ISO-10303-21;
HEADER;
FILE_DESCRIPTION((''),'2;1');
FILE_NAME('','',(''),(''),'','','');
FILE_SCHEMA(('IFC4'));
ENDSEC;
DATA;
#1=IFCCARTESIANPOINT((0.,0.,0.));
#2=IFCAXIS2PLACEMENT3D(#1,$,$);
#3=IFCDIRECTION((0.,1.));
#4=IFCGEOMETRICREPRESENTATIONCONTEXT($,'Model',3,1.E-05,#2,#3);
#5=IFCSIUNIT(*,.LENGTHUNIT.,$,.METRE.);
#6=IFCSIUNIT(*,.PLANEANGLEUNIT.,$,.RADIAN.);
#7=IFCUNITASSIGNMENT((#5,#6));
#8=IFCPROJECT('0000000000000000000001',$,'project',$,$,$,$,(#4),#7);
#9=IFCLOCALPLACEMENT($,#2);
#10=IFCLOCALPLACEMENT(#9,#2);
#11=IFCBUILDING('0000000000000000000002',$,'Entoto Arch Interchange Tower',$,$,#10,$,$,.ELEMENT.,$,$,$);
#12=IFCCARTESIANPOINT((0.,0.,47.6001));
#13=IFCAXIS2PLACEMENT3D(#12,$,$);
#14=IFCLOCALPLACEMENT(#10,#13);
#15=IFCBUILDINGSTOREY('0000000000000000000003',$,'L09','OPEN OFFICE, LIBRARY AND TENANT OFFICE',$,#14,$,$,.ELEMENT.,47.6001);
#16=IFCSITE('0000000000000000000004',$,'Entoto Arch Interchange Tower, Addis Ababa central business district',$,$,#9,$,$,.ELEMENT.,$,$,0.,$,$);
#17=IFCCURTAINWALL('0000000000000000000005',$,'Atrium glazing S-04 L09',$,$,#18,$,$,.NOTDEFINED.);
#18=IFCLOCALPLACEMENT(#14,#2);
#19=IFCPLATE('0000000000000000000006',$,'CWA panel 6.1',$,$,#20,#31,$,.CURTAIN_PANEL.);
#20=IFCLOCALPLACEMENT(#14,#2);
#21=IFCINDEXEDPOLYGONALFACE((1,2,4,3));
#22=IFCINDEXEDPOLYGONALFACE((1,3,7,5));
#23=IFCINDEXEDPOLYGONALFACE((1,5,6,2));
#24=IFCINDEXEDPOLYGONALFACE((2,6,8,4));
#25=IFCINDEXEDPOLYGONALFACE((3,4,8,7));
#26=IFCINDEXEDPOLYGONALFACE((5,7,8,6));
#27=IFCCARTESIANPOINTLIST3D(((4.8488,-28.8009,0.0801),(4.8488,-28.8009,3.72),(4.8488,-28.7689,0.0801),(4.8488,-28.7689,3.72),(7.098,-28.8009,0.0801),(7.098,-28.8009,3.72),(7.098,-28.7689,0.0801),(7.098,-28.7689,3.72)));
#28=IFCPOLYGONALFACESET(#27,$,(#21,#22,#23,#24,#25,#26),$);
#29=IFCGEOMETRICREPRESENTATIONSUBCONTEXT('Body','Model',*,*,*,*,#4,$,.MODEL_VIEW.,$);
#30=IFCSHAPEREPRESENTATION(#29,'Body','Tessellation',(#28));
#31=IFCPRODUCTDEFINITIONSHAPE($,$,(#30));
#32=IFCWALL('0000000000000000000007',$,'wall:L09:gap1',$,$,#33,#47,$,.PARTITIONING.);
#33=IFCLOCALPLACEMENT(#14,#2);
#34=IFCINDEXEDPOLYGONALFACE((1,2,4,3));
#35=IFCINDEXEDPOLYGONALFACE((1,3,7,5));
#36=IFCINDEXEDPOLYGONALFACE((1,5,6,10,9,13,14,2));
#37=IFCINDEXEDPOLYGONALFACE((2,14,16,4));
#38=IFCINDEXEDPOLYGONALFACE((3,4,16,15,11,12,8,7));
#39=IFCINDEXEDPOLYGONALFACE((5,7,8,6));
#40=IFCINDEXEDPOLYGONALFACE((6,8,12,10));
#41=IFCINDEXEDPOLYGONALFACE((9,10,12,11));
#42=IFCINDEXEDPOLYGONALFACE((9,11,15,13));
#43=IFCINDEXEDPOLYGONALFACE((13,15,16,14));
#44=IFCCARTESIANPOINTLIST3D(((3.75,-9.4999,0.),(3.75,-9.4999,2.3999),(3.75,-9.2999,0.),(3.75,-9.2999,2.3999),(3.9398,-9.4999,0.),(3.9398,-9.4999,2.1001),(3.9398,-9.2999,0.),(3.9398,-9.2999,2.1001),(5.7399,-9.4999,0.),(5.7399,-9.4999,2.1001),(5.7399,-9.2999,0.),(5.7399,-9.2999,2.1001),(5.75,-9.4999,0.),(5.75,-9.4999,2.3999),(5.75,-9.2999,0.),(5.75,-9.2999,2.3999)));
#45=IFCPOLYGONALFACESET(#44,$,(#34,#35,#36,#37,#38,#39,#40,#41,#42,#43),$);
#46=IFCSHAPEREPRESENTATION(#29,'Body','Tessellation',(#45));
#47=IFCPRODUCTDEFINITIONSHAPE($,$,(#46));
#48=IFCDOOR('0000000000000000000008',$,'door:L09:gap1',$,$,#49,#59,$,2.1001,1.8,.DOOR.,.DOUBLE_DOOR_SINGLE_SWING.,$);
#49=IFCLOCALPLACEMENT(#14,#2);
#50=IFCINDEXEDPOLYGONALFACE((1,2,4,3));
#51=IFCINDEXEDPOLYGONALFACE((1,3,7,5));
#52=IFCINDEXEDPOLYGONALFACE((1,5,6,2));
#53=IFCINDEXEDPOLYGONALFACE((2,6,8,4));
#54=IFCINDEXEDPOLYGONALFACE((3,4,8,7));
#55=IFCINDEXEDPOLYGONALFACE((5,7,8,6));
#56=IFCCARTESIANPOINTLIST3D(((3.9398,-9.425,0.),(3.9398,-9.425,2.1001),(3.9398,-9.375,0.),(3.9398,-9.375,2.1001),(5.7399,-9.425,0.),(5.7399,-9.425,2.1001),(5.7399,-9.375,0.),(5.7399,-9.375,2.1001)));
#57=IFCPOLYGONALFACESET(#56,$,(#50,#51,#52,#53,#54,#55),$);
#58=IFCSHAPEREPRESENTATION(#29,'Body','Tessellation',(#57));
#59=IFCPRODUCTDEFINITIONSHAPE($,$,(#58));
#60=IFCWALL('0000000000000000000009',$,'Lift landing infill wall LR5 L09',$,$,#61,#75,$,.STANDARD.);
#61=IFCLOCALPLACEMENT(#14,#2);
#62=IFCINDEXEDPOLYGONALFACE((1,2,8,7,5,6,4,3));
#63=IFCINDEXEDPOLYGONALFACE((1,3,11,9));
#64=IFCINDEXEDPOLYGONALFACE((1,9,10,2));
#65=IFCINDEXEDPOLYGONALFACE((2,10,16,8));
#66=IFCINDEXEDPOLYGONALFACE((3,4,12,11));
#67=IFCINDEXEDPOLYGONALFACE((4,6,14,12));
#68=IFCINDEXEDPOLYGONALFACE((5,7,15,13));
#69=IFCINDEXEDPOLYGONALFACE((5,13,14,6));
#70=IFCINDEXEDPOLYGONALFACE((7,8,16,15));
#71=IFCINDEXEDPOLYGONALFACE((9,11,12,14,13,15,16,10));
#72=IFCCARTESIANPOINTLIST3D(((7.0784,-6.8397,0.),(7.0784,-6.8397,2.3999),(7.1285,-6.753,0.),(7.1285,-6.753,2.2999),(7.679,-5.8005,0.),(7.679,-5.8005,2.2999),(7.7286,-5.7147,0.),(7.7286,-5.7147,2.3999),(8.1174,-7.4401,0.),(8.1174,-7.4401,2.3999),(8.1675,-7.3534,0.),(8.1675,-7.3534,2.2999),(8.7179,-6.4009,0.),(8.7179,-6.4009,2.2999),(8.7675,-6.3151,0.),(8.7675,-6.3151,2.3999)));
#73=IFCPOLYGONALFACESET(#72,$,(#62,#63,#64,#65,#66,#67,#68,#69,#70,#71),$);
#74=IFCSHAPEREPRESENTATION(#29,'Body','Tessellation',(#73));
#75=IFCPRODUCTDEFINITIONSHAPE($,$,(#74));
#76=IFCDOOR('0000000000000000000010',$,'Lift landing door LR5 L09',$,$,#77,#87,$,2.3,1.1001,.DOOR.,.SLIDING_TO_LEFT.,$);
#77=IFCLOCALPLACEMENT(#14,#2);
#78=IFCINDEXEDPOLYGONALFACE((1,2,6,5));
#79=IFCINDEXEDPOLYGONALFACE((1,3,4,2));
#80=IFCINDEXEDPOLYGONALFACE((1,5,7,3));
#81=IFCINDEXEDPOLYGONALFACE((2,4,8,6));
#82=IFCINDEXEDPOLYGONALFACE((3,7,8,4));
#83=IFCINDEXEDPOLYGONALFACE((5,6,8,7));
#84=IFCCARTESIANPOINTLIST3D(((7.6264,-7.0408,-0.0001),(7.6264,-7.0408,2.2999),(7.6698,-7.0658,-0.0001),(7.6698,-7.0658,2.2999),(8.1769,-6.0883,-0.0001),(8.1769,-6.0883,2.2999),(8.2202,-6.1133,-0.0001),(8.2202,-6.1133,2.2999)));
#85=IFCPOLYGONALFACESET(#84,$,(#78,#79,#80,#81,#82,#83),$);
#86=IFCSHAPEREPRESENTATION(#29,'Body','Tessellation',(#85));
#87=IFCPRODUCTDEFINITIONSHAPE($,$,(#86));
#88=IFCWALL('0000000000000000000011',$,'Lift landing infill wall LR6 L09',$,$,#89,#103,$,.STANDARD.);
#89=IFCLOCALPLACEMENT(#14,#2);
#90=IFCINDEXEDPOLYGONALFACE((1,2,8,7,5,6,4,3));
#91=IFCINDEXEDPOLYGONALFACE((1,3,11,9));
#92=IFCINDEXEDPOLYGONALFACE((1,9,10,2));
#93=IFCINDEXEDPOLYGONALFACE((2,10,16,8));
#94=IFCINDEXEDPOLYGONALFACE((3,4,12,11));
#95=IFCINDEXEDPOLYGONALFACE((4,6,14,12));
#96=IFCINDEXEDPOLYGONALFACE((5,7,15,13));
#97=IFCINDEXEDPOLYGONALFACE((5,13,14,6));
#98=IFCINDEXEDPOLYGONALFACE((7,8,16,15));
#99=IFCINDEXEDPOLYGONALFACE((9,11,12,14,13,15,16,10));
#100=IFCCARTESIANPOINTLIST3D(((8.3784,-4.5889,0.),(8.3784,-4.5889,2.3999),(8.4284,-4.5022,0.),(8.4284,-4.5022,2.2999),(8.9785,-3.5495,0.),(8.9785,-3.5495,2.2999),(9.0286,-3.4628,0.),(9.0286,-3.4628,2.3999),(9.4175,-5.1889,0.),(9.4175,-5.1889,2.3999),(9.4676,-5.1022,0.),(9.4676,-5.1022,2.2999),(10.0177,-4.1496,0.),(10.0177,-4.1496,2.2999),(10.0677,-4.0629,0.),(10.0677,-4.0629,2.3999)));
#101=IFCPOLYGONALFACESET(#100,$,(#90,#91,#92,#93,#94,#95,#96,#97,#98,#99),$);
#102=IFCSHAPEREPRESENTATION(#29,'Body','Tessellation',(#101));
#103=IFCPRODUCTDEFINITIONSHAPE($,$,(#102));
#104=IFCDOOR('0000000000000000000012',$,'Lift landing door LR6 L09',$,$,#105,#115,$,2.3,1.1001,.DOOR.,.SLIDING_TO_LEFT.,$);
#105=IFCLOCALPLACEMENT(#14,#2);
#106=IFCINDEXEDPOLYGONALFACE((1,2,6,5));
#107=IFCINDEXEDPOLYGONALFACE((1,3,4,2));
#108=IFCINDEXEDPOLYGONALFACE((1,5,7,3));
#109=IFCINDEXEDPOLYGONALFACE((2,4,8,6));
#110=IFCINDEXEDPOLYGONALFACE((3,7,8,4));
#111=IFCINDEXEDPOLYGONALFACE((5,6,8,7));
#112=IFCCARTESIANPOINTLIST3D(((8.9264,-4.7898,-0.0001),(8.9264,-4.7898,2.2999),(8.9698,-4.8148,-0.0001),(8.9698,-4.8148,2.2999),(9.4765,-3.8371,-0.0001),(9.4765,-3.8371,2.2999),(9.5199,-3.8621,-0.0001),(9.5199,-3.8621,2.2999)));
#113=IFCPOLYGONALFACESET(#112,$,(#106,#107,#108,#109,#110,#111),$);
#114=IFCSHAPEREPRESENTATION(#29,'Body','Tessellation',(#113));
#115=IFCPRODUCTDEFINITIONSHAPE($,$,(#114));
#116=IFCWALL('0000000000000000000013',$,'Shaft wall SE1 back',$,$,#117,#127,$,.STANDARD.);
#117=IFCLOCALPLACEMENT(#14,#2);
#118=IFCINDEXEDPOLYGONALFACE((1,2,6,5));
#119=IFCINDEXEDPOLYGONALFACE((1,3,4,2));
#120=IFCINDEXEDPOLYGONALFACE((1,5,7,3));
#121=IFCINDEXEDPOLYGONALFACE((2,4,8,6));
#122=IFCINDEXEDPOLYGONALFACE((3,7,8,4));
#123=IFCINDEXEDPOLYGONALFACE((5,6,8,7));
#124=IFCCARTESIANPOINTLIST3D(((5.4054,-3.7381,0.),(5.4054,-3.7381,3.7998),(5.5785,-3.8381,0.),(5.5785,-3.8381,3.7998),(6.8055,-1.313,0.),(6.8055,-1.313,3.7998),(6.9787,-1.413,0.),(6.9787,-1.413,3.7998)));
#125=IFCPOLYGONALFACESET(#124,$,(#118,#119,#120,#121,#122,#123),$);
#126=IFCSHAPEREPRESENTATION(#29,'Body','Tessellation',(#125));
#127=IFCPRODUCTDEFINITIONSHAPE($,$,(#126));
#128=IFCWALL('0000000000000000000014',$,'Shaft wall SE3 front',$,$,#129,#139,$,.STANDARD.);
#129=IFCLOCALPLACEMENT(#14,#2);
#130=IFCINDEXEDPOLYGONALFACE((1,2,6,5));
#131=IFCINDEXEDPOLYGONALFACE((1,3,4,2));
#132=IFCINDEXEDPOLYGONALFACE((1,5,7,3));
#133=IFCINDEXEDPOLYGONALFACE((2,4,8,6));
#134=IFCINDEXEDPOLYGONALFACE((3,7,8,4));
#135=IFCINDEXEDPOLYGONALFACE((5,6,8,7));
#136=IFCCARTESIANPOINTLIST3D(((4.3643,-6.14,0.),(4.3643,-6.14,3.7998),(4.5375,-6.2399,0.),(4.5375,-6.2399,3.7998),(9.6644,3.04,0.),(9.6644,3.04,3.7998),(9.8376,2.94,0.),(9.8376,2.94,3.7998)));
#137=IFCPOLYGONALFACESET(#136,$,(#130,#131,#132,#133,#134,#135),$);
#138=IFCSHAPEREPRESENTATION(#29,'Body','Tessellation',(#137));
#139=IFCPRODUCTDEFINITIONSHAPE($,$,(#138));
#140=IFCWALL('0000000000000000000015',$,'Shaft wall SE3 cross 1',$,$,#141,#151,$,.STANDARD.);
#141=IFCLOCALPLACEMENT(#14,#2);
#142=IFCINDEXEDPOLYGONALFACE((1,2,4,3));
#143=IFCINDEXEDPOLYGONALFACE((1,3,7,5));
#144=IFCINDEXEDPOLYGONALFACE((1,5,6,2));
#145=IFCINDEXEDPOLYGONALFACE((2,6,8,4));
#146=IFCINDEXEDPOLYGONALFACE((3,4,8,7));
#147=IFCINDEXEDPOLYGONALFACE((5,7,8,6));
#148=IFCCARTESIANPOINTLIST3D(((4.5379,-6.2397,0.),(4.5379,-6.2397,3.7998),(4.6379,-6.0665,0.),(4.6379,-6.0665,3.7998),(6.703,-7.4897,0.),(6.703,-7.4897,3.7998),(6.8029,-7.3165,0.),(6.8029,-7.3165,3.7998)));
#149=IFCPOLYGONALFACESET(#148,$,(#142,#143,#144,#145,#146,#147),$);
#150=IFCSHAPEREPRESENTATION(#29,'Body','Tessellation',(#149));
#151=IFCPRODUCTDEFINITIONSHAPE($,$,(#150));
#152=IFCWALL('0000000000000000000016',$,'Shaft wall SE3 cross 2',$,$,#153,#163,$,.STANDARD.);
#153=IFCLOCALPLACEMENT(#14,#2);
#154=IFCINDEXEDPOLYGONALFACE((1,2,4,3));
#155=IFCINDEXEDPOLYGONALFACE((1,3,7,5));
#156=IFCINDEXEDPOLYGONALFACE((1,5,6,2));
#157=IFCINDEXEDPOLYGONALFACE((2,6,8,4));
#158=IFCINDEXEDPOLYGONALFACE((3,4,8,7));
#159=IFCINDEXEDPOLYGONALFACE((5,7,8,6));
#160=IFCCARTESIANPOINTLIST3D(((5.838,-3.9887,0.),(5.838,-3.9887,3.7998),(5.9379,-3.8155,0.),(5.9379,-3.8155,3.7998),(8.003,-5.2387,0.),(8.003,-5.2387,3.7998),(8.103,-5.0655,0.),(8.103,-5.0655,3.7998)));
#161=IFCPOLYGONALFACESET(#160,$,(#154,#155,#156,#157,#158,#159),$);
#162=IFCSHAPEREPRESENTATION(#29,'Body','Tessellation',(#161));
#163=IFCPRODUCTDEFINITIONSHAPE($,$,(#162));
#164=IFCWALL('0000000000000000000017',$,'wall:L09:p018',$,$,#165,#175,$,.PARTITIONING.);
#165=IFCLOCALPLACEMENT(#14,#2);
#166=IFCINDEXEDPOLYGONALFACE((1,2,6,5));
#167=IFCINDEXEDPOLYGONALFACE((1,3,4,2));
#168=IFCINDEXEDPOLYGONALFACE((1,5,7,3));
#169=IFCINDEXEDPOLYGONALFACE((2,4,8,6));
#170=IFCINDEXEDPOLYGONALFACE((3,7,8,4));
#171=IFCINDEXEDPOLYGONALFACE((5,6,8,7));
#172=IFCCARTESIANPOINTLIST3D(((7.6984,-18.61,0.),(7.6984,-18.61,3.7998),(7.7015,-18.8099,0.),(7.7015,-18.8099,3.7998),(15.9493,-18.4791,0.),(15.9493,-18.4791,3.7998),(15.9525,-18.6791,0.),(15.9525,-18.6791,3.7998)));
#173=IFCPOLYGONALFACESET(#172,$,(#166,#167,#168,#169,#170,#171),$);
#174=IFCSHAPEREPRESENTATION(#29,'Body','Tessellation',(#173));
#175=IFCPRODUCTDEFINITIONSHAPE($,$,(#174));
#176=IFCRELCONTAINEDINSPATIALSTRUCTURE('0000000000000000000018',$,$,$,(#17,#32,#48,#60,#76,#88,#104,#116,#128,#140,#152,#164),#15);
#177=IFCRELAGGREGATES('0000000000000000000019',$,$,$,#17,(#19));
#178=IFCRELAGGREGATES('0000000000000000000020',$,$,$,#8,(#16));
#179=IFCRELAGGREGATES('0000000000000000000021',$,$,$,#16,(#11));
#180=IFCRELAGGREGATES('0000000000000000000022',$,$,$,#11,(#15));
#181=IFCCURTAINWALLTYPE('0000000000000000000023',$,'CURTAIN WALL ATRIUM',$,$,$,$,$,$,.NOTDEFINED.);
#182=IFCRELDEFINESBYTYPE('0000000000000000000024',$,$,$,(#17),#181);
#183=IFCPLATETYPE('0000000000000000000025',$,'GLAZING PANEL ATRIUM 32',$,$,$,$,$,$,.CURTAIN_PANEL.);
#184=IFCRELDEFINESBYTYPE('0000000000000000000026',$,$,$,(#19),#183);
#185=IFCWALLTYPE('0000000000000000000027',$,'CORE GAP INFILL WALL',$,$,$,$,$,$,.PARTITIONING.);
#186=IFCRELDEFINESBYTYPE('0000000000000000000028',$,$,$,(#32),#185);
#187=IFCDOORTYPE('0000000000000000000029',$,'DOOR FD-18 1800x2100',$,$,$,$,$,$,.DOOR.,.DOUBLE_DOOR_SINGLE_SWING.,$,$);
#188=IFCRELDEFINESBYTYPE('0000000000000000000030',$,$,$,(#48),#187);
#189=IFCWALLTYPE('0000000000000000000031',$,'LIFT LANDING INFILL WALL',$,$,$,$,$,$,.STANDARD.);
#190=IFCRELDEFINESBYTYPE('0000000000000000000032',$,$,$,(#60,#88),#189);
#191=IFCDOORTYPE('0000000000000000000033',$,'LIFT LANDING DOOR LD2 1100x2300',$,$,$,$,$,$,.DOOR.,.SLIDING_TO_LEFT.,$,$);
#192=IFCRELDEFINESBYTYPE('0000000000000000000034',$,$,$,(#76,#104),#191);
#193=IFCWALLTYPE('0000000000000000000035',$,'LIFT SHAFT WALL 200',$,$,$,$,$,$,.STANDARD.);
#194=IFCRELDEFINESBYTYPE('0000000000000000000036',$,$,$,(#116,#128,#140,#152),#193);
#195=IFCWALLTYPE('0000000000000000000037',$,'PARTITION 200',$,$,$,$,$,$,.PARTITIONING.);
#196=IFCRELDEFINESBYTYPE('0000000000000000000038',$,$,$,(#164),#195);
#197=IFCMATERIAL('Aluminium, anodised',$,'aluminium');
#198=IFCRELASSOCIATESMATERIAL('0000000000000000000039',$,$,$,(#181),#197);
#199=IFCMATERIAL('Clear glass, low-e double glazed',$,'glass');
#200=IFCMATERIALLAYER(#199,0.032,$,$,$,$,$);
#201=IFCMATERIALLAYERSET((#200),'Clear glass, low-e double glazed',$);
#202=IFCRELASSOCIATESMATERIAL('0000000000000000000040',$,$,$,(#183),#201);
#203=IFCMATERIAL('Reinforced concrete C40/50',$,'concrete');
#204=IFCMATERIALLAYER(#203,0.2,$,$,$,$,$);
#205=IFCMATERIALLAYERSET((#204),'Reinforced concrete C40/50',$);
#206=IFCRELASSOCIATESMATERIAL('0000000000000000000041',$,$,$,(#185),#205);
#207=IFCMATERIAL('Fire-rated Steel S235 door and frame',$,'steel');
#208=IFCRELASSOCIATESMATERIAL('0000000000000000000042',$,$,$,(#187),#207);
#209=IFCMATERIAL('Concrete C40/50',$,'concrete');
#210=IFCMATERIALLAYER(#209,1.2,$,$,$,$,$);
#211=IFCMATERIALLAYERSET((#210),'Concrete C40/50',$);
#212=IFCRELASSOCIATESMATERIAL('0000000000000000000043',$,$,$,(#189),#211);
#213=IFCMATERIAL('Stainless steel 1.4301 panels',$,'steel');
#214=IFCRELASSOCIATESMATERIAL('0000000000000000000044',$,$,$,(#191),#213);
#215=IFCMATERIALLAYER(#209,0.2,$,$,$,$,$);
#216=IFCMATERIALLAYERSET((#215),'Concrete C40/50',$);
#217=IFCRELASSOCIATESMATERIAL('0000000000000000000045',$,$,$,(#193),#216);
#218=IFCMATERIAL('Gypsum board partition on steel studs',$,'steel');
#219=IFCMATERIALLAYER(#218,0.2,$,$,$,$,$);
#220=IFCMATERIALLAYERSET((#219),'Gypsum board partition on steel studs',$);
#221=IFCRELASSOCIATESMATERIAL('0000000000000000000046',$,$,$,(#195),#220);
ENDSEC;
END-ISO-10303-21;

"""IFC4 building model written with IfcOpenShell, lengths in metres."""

from ifc_helpers import new_model, si_unit, direction, frame, frame_2d, origin, origin_2d, place, context, subcontext, project, spatial, rectangle, extrude, material, layer, layer_set, type_object, element, fill, aggregate, save


model = new_model("IFC4")

# Units and contexts
model_context = context("Model", 3, precision=1e-05, world=origin(), true_north=direction((0.0, 1.0)))
body_context = subcontext(model_context, "Body", "Model", "MODEL_VIEW")
ifc_project = project(units=[si_unit("LENGTHUNIT", "METRE"), si_unit("PLANEANGLEUNIT", "RADIAN")], contexts=[model_context])

# Site, building, storey
site_placement = place(None, origin())
site = spatial("IfcSite", under=ifc_project, at=site_placement, Name="Entoto Arch Interchange Tower, Addis Ababa central business district", CompositionType="ELEMENT", RefElevation=0.0)
building_placement = place(site_placement, origin())
building = spatial("IfcBuilding", under=site, at=building_placement, Name="Entoto Arch Interchange Tower", CompositionType="ELEMENT")
storey_placement = place(building_placement, frame((0.0, 0.0, 47.6001)))
storey = spatial("IfcBuildingStorey", under=building, at=storey_placement, Name="L09", Description="OPEN OFFICE, LIBRARY AND TENANT OFFICE", CompositionType="ELEMENT", Elevation=47.6001)

# Curtain wall, plate
ifc_material_1 = material(Name="Aluminium, anodised", Category="aluminium")
curtain_wall_type = type_object("IfcCurtainWallType", Name="CURTAIN WALL ATRIUM", PredefinedType="NOTDEFINED", material=ifc_material_1)
curtain_wall_placement = place(storey_placement, origin())
curtain_wall = element("IfcCurtainWall", 1, at=curtain_wall_placement, inside=storey, type_object=curtain_wall_type, Name="Atrium glazing S-04 L09", PredefinedType="NOTDEFINED")
ifc_material_2 = material(Name="Clear glass, low-e double glazed", Category="glass")
ifc_layer_1 = layer(ifc_material_2, 0.032)
ifc_layer_set_1 = layer_set([ifc_layer_1], Name="Clear glass, low-e double glazed")
plate_type = type_object("IfcPlateType", Name="GLAZING PANEL ATRIUM 32", PredefinedType="CURTAIN_PANEL", material=ifc_layer_set_1)
plate_1_placement = place(storey_placement, frame((5.9734, -28.7849, 0.0801), z_axis=(0.0, 0.0, 1.0), x_axis=(1.0, 0.0, 0.0)))
plate_1 = element("IfcPlate", 2, at=plate_1_placement, type_object=plate_type, Name="CWA panel 6.1", PredefinedType="CURTAIN_PANEL", context=body_context, shape_type="SweptSolid", body=[
    extrude(rectangle(XDim=2.2493, YDim=0.032, at=origin_2d()), origin(), (0.0, 0.0, 1.0), 3.6399),
])
aggregate(curtain_wall, [plate_1])

# Walls, openings, doors
ifc_material_3 = material(Name="Reinforced concrete C40/50", Category="concrete")
ifc_layer_2 = layer(ifc_material_3, 0.2)
ifc_layer_set_2 = layer_set([ifc_layer_2], Name="Reinforced concrete C40/50")
wall_type_1 = type_object("IfcWallType", Name="CORE GAP INFILL WALL", PredefinedType="PARTITIONING", material=ifc_layer_set_2)
wall_1_placement = place(storey_placement, frame((3.75, -9.3999, 0.0), z_axis=(0.0, 0.0, 1.0), x_axis=(1.0, 0.0, 0.0)))
wall_1 = element("IfcWall", 3, at=wall_1_placement, inside=storey, type_object=wall_type_1, Name="wall:L09:gap1", PredefinedType="PARTITIONING", context=body_context, shape_type="SweptSolid", body=[
    extrude(rectangle(XDim=2.0, YDim=0.2, at=frame_2d((1.0, 0.0))), origin(), (0.0, 0.0, 1.0), 2.3999),
])
opening_1_placement = place(wall_1_placement, frame((0.1899, 0.0, 0.0)))
opening_1 = element("IfcOpeningElement", 4, at=opening_1_placement, cuts=wall_1, PredefinedType="OPENING", context=body_context, shape_type="SweptSolid", body=[
    extrude(rectangle(XDim=1.8, YDim=2.1001, at=frame_2d((0.8999, 1.05))), frame((0.0, 0.1099, 0.0), z_axis=(0.0, -1.0, 0.0), x_axis=(1.0, 0.0, 0.0)), (0.0, 0.0, 1.0), 0.22),
])
ifc_material_4 = material(Name="Fire-rated Steel S235 door and frame", Category="steel")
door_type_1 = type_object("IfcDoorType", Name="DOOR FD-18 1800x2100", OperationType="DOUBLE_DOOR_SINGLE_SWING", PredefinedType="DOOR", material=ifc_material_4)
door_1_placement = place(opening_1_placement, origin())
door_1 = element("IfcDoor", 5, at=door_1_placement, inside=storey, type_object=door_type_1, Name="door:L09:gap1", OperationType="DOUBLE_DOOR_SINGLE_SWING", OverallHeight=2.1001, OverallWidth=1.8, PredefinedType="DOOR", context=body_context, shape_type="SweptSolid", body=[
    extrude(rectangle(XDim=1.8, YDim=2.1001, at=frame_2d((0.8999, 1.05))), frame((0.0, 0.0249, 0.0), z_axis=(0.0, -1.0, 0.0), x_axis=(1.0, 0.0, 0.0)), (0.0, 0.0, 1.0), 0.05),
])
fill(opening_1, door_1)
ifc_material_5 = material(Name="Concrete C40/50", Category="concrete")
ifc_layer_3 = layer(ifc_material_5, 1.2)
ifc_layer_set_3 = layer_set([ifc_layer_3], Name="Concrete C40/50")
wall_type_2 = type_object("IfcWallType", Name="LIFT LANDING INFILL WALL", PredefinedType="STANDARD", material=ifc_layer_set_3)
wall_2_placement = place(storey_placement, frame((7.5979, -7.1399, 0.0), z_axis=(0.0, 0.0, 1.0), x_axis=(0.500362, 0.865816, 0.0)))
wall_2 = element("IfcWall", 6, at=wall_2_placement, inside=storey, type_object=wall_type_2, Name="Lift landing infill wall LR5 L09", PredefinedType="STANDARD", context=body_context, shape_type="SweptSolid", body=[
    extrude(rectangle(XDim=1.2993, YDim=1.2, at=frame_2d((0.6497, 0.0))), origin(), (0.0, 0.0, 1.0), 2.3999),
])
opening_2_placement = place(wall_2_placement, frame((0.1001, 0.0, 0.0)))
opening_2 = element("IfcOpeningElement", 7, at=opening_2_placement, cuts=wall_2, PredefinedType="OPENING", context=body_context, shape_type="SweptSolid", body=[
    extrude(rectangle(XDim=1.1001, YDim=2.3, at=frame_2d((0.55, 1.1499))), frame((0.0, 0.6099, 0.0), z_axis=(0.0, -1.0, 0.0), x_axis=(1.0, 0.0, 0.0)), (0.0, 0.0, 1.0), 1.22),
])
ifc_material_6 = material(Name="Stainless steel 1.4301 panels", Category="steel")
door_type_2 = type_object("IfcDoorType", Name="LIFT LANDING DOOR LD2 1100x2300", OperationType="SLIDING_TO_LEFT", PredefinedType="DOOR", material=ifc_material_6)
door_2_placement = place(opening_2_placement, origin())
door_2 = element("IfcDoor", 8, at=door_2_placement, inside=storey, type_object=door_type_2, Name="Lift landing door LR5 L09", OperationType="SLIDING_TO_LEFT", OverallHeight=2.3, OverallWidth=1.1001, PredefinedType="DOOR", context=body_context, shape_type="SweptSolid", body=[
    extrude(rectangle(XDim=1.1001, YDim=2.3, at=frame_2d((0.55, 1.1499))), frame((0.0, 0.0249, 0.0), z_axis=(0.0, -1.0, 0.0), x_axis=(1.0, 0.0, 0.0)), (0.0, 0.0, 1.0), 0.05),
])
fill(opening_2, door_2)
wall_3_placement = place(storey_placement, frame((8.8979, -4.8889, 0.0), z_axis=(0.0, 0.0, 1.0), x_axis=(0.500037, 0.866004, 0.0)))
wall_3 = element("IfcWall", 9, at=wall_3_placement, inside=storey, type_object=wall_type_2, Name="Lift landing infill wall LR6 L09", PredefinedType="STANDARD", context=body_context, shape_type="SweptSolid", body=[
    extrude(rectangle(XDim=1.3003, YDim=1.2, at=frame_2d((0.6501, 0.0))), origin(), (0.0, 0.0, 1.0), 2.3999),
])
opening_3_placement = place(wall_3_placement, frame((0.1001, 0.0, 0.0)))
opening_3 = element("IfcOpeningElement", 10, at=opening_3_placement, cuts=wall_3, PredefinedType="OPENING", context=body_context, shape_type="SweptSolid", body=[
    extrude(rectangle(XDim=1.1001, YDim=2.3, at=frame_2d((0.55, 1.1499))), frame((0.0, 0.6099, 0.0), z_axis=(0.0, -1.0, 0.0), x_axis=(1.0, 0.0, 0.0)), (0.0, 0.0, 1.0), 1.22),
])
door_3_placement = place(opening_3_placement, origin())
door_3 = element("IfcDoor", 11, at=door_3_placement, inside=storey, type_object=door_type_2, Name="Lift landing door LR6 L09", OperationType="SLIDING_TO_LEFT", OverallHeight=2.3, OverallWidth=1.1001, PredefinedType="DOOR", context=body_context, shape_type="SweptSolid", body=[
    extrude(rectangle(XDim=1.1001, YDim=2.3, at=frame_2d((0.55, 1.1499))), frame((0.0, 0.0249, 0.0), z_axis=(0.0, -1.0, 0.0), x_axis=(1.0, 0.0, 0.0)), (0.0, 0.0, 1.0), 0.05),
])
fill(opening_3, door_3)

# Walls
ifc_layer_4 = layer(ifc_material_5, 0.2)
ifc_layer_set_4 = layer_set([ifc_layer_4], Name="Concrete C40/50")
wall_type_3 = type_object("IfcWallType", Name="LIFT SHAFT WALL 200", PredefinedType="STANDARD", material=ifc_layer_set_4)
wall_4_placement = place(storey_placement, frame((5.4919, -3.7881, 0.0), z_axis=(0.0, 0.0, 1.0), x_axis=(0.500012, 0.866019, 0.0)))
element("IfcWall", 12, at=wall_4_placement, inside=storey, type_object=wall_type_3, Name="Shaft wall SE1 back", PredefinedType="STANDARD", context=body_context, shape_type="SweptSolid", body=[
    extrude(rectangle(XDim=2.8003, YDim=0.2, at=frame_2d((1.4001, 0.0))), origin(), (0.0, 0.0, 1.0), 3.7998),
])
wall_5_placement = place(storey_placement, frame((4.4509, -6.1899, 0.0), z_axis=(0.0, 0.0, 1.0), x_axis=(0.500001, 0.866025, 0.0)))
element("IfcWall", 13, at=wall_5_placement, inside=storey, type_object=wall_type_3, Name="Shaft wall SE3 front", PredefinedType="STANDARD", context=body_context, shape_type="SweptSolid", body=[
    extrude(rectangle(XDim=10.6001, YDim=0.2, at=frame_2d((5.3, 0.0))), origin(), (0.0, 0.0, 1.0), 3.7998),
])
for number, where, z_axis, x_axis, name in (
    (14, (4.5879, -6.1531, 0.0), (0.0, 0.0, 1.0), (0.866023, -0.500004, 0.0), "Shaft wall SE3 cross 1"),
    (15, (5.8879, -3.9021, 0.0), (0.0, 0.0, 1.0), (0.866023, -0.500004, 0.0), "Shaft wall SE3 cross 2"),
):
    element("IfcWall", number, at=place(storey_placement, frame(where, z_axis=z_axis, x_axis=x_axis)), inside=storey, type_object=wall_type_3, Name=name, PredefinedType="STANDARD", context=body_context, shape_type="SweptSolid", body=[
        extrude(rectangle(XDim=2.5, YDim=0.2, at=frame_2d((1.25, 0.0))), origin(), (0.0, 0.0, 1.0), 3.7998),
    ])
ifc_material_7 = material(Name="Gypsum board partition on steel studs", Category="steel")
ifc_layer_5 = layer(ifc_material_7, 0.2)
ifc_layer_set_5 = layer_set([ifc_layer_5], Name="Gypsum board partition on steel studs")
wall_type_4 = type_object("IfcWallType", Name="PARTITION 200", PredefinedType="PARTITIONING", material=ifc_layer_set_5)
wall_6_placement = place(storey_placement, frame((7.7, -18.71, 0.0), z_axis=(0.0, 0.0, 1.0), x_axis=(0.999874, 0.015858, 0.0)))
element("IfcWall", 16, at=wall_6_placement, inside=storey, type_object=wall_type_4, Name="wall:L09:p018", PredefinedType="PARTITIONING", context=body_context, shape_type="SweptSolid", body=[
    extrude(rectangle(XDim=8.252, YDim=0.2, at=frame_2d((4.126, 0.0))), origin(), (0.0, 0.0, 1.0), 3.7998),
])

save(model, "model.ifc")
